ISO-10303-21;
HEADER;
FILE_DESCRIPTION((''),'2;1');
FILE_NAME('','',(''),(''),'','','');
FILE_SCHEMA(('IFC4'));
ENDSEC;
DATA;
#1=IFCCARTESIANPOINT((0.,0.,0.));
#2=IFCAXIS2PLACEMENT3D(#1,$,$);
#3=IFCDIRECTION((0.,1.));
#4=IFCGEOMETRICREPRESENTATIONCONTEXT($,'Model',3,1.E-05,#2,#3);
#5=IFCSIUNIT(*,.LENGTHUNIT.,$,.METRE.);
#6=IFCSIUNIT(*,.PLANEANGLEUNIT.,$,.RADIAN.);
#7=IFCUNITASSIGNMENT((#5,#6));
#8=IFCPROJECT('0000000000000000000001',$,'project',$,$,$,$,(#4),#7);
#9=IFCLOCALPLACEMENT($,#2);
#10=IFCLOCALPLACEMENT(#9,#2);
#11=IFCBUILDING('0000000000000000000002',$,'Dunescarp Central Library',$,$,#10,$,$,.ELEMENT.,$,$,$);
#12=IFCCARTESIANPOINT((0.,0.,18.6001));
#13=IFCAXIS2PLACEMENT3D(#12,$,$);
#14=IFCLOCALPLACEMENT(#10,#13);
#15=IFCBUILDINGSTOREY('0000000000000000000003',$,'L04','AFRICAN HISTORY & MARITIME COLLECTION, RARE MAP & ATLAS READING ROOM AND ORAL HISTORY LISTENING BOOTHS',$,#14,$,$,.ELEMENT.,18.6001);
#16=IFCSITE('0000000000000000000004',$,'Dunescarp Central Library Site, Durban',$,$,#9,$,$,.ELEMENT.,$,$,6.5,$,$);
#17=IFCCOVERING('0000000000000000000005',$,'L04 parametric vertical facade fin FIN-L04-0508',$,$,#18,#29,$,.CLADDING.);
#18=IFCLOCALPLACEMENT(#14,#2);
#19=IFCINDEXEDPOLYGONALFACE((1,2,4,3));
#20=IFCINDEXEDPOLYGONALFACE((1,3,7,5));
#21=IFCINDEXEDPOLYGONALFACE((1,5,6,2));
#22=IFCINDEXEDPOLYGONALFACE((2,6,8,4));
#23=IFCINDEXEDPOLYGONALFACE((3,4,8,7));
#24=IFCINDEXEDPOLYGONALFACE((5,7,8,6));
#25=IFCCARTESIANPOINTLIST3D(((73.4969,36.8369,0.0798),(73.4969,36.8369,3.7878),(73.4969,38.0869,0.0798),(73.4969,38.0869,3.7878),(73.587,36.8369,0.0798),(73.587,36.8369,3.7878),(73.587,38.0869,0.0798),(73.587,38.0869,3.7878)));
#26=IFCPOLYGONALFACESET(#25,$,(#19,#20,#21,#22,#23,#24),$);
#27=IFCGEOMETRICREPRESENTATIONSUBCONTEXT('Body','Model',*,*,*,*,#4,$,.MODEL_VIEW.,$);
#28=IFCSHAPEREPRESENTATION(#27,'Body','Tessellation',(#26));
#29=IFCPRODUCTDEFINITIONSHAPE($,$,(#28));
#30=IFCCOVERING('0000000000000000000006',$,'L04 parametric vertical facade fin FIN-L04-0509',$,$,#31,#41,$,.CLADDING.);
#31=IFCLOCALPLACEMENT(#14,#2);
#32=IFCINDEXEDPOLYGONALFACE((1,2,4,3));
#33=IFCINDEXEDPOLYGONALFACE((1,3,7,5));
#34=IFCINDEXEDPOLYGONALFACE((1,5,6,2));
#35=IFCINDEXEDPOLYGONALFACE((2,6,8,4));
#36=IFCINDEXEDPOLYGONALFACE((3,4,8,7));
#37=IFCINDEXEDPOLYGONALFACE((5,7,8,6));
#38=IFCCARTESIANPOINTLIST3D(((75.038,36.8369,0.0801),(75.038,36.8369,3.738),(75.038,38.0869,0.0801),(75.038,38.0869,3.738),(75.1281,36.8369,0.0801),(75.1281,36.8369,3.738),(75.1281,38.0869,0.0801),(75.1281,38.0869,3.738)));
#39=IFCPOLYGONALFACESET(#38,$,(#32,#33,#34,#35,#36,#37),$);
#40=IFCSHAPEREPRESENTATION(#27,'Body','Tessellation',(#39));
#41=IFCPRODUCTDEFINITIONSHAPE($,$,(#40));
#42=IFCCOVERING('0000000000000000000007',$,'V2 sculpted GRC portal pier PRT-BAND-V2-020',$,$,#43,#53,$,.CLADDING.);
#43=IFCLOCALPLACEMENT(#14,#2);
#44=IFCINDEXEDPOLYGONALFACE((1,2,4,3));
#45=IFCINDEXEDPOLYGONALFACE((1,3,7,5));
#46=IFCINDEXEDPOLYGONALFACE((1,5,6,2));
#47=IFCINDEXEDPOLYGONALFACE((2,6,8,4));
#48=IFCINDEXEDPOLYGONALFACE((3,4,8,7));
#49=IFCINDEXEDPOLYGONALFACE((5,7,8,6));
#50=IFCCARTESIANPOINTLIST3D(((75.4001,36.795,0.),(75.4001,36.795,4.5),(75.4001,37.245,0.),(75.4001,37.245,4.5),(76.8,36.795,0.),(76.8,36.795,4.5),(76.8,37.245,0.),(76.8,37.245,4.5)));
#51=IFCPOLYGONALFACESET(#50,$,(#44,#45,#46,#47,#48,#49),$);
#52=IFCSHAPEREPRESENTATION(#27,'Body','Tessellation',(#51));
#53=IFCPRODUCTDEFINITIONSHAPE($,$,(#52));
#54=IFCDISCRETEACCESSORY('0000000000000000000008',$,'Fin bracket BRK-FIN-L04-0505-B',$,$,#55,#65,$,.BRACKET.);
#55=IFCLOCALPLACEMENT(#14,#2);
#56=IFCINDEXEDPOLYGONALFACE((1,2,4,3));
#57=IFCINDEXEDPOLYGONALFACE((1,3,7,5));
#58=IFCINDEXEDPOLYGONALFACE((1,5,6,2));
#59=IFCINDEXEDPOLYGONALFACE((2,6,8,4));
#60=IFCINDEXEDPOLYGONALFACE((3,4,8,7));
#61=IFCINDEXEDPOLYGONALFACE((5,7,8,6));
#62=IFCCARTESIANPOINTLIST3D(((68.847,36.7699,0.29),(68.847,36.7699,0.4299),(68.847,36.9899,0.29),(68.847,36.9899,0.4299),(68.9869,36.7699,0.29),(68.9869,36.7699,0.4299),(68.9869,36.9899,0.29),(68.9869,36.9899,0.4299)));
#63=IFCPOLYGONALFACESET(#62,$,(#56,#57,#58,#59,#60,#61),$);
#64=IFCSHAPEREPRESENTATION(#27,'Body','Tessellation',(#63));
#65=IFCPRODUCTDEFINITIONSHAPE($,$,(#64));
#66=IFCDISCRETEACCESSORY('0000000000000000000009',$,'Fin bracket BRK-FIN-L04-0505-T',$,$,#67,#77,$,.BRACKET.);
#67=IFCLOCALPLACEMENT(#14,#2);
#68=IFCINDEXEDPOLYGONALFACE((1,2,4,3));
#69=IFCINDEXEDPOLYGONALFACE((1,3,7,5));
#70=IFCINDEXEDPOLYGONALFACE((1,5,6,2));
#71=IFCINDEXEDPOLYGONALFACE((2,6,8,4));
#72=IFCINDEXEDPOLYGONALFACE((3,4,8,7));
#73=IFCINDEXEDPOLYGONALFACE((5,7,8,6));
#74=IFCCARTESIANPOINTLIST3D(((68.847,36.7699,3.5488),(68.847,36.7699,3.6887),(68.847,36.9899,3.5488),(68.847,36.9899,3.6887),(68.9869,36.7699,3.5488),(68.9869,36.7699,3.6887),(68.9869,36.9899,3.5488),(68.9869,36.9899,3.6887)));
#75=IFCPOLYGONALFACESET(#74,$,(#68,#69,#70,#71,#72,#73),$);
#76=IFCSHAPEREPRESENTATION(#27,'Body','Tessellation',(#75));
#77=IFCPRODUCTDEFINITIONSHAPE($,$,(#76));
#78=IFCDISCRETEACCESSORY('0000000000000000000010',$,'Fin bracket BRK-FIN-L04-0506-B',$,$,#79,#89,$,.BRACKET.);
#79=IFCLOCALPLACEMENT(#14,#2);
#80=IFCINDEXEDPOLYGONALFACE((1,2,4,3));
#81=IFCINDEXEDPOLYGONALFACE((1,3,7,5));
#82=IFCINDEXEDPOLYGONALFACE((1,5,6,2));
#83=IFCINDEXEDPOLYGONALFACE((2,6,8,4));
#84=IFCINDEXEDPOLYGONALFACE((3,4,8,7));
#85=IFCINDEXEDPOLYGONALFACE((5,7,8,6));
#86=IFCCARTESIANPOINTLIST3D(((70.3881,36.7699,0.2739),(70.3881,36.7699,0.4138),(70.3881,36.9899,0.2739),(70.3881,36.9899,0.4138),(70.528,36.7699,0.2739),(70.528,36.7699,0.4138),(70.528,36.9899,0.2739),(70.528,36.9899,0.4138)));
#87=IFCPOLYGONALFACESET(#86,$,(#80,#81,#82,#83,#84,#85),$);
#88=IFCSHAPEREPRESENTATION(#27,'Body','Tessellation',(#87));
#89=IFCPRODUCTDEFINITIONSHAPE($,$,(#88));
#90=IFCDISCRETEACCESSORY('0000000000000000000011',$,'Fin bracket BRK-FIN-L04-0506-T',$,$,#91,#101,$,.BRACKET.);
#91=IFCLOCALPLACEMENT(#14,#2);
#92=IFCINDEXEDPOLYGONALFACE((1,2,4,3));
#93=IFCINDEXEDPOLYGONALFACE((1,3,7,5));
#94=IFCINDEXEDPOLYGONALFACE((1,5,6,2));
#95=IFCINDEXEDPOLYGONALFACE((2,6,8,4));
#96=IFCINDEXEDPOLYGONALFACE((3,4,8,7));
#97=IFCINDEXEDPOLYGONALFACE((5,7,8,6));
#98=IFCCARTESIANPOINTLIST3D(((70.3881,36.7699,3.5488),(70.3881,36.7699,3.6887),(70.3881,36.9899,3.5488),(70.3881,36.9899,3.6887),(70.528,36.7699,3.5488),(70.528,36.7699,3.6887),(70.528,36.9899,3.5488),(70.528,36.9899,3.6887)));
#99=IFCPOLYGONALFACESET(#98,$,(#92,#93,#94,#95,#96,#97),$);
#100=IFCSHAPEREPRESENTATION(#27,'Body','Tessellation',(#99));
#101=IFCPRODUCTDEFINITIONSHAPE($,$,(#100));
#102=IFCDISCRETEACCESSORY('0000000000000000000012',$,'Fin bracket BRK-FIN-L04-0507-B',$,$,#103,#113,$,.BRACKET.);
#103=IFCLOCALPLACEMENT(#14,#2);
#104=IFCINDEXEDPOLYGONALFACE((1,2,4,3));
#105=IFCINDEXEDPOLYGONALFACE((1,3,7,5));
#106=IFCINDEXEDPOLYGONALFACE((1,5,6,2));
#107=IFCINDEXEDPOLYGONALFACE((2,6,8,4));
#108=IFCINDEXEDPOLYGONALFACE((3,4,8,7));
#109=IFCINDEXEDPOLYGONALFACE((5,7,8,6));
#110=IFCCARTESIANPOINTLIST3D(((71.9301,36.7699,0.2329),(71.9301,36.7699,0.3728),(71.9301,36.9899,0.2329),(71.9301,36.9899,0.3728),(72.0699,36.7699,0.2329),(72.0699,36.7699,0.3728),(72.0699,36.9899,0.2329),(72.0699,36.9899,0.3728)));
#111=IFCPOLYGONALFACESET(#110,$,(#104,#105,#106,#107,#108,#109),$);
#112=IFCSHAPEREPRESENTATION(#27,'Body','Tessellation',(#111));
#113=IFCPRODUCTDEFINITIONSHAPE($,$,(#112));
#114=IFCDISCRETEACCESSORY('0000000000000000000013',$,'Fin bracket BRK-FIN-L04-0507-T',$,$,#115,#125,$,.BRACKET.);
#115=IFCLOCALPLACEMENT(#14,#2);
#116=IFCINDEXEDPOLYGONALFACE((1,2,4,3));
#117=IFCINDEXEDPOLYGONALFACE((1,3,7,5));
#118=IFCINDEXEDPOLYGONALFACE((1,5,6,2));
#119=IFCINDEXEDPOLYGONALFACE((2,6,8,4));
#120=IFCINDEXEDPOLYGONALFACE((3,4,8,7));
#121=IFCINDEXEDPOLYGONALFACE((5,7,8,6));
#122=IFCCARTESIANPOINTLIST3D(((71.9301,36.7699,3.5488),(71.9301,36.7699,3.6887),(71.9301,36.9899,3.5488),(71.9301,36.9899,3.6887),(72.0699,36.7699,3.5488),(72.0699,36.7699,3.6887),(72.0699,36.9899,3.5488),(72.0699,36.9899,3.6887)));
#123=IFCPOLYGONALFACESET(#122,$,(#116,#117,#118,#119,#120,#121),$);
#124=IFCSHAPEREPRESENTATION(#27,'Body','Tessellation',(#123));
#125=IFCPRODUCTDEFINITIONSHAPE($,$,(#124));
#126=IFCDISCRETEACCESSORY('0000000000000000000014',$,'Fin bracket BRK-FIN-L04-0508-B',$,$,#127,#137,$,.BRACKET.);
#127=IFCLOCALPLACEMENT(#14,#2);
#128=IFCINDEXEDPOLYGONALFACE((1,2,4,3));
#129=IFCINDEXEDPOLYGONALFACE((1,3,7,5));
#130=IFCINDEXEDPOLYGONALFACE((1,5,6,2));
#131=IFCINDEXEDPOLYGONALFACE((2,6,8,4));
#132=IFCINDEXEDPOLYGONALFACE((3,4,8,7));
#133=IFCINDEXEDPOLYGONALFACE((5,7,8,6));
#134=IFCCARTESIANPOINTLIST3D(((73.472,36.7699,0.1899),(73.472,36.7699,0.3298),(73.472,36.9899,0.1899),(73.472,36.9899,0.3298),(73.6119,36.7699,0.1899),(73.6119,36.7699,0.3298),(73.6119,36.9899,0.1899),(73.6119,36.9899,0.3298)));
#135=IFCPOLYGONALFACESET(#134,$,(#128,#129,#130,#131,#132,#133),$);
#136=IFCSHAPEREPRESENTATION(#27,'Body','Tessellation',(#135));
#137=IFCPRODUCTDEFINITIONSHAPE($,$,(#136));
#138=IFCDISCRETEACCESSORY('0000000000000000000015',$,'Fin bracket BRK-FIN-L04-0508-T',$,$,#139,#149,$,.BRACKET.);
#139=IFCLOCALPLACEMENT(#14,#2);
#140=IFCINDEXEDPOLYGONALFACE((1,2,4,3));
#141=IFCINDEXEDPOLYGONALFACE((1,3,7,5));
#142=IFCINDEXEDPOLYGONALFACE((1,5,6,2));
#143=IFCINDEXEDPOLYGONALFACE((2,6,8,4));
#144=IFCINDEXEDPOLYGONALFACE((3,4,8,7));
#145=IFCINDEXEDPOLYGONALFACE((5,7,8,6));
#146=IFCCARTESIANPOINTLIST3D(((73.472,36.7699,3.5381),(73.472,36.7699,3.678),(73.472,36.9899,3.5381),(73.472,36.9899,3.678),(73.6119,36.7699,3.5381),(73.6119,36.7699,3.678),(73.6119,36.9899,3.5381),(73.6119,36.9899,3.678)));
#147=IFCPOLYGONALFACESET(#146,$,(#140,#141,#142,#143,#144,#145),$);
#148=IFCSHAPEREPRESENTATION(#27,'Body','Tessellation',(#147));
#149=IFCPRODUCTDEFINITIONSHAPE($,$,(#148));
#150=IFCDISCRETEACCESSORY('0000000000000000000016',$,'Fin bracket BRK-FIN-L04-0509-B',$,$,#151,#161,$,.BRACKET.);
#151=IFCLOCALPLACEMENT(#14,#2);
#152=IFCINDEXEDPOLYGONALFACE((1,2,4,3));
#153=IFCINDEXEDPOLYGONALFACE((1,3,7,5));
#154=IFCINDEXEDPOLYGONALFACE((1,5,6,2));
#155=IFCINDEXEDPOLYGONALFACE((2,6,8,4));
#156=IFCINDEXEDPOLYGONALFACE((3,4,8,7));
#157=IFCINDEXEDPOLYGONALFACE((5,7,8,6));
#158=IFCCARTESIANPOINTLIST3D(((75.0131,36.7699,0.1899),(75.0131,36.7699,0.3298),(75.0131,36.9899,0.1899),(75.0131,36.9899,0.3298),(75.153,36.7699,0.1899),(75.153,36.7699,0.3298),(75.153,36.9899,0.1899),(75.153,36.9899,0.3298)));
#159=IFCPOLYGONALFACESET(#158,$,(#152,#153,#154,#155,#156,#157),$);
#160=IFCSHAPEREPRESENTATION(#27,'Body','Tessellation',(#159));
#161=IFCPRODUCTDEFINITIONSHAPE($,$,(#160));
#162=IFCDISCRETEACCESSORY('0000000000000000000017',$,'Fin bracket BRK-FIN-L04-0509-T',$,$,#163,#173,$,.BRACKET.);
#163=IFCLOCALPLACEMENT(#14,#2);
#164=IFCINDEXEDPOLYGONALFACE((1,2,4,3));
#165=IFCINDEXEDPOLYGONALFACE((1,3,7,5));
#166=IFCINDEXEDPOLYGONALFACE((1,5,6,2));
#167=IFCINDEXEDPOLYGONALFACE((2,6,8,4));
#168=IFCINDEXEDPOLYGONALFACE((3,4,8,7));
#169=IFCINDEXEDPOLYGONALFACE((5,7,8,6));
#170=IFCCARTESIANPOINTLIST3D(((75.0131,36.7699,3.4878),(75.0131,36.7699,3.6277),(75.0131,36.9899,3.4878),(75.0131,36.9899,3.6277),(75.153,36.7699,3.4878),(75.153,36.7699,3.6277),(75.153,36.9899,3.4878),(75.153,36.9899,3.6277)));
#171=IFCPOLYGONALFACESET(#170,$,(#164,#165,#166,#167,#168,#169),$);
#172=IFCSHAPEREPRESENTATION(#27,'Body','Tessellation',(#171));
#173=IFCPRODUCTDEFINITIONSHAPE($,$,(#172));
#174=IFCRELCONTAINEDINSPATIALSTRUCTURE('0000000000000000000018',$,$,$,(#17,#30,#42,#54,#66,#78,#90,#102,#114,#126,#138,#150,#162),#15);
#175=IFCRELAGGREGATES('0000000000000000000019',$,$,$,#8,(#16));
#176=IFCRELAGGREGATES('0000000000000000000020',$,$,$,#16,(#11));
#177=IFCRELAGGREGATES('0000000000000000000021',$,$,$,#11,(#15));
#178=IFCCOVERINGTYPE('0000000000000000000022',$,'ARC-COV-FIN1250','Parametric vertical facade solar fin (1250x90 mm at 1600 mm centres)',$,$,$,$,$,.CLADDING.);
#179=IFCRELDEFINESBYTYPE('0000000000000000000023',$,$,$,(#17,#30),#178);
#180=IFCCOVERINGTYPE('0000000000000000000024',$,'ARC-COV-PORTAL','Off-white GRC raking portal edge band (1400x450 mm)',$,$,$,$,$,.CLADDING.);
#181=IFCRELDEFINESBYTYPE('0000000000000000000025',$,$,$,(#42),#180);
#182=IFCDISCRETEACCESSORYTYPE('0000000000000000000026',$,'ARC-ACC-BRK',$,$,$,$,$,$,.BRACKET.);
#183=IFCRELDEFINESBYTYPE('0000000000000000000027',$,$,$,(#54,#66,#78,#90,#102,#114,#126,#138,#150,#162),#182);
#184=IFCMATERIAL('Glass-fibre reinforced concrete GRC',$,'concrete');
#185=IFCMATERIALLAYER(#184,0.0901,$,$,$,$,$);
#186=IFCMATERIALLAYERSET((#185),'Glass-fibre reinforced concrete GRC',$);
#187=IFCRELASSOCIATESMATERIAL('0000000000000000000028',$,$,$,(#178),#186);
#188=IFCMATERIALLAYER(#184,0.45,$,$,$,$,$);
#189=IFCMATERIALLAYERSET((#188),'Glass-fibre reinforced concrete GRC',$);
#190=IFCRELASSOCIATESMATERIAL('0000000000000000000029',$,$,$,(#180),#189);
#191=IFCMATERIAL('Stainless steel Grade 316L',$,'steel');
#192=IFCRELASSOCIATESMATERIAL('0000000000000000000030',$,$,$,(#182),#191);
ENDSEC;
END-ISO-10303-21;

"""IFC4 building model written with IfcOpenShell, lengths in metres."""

from ifc_helpers import new_model, si_unit, direction, frame, origin, origin_2d, place, context, subcontext, project, spatial, rectangle, extrude, material, layer, layer_set, type_object, element, save


model = new_model("IFC4")

# Units and contexts
model_context = context("Model", 3, precision=1e-05, world=origin(), true_north=direction((0.0, 1.0)))
body_context = subcontext(model_context, "Body", "Model", "MODEL_VIEW")
ifc_project = project(units=[si_unit("LENGTHUNIT", "METRE"), si_unit("PLANEANGLEUNIT", "RADIAN")], contexts=[model_context])

# Site, building, storey
site_placement = place(None, origin())
site = spatial("IfcSite", under=ifc_project, at=site_placement, Name="Dunescarp Central Library Site, Durban", CompositionType="ELEMENT", RefElevation=6.5)
building_placement = place(site_placement, origin())
building = spatial("IfcBuilding", under=site, at=building_placement, Name="Dunescarp Central Library", CompositionType="ELEMENT")
storey_placement = place(building_placement, frame((0.0, 0.0, 18.6001)))
storey = spatial("IfcBuildingStorey", under=building, at=storey_placement, Name="L04", Description="AFRICAN HISTORY & MARITIME COLLECTION, RARE MAP & ATLAS READING ROOM AND ORAL HISTORY LISTENING BOOTHS", CompositionType="ELEMENT", Elevation=18.6001)

# Shared definitions
ifc_material_1 = material(Name="Glass-fibre reinforced concrete GRC", Category="concrete")

# Coverings
ifc_layer_1 = layer(ifc_material_1, 0.0901)
ifc_layer_set_1 = layer_set([ifc_layer_1], Name="Glass-fibre reinforced concrete GRC")
covering_type_1 = type_object("IfcCoveringType", Name="ARC-COV-FIN1250", Description="Parametric vertical facade solar fin (1250x90 mm at 1600 mm centres)", PredefinedType="CLADDING", material=ifc_layer_set_1)
covering_1_placement = place(storey_placement, frame((73.542, 37.4619, 0.0798), z_axis=(0.0, 0.0, 1.0), x_axis=(0.0, 1.0, 0.0)))
element("IfcCovering", 1, at=covering_1_placement, inside=storey, type_object=covering_type_1, Name="L04 parametric vertical facade fin FIN-L04-0508", PredefinedType="CLADDING", context=body_context, shape_type="SweptSolid", body=[
    extrude(rectangle(XDim=1.25, YDim=0.0901, at=origin_2d()), origin(), (0.0, 0.0, 1.0), 3.708),
])
covering_2_placement = place(storey_placement, frame((75.083, 37.4619, 0.0801), z_axis=(0.0, 0.0, 1.0), x_axis=(0.0, 1.0, 0.0)))
element("IfcCovering", 2, at=covering_2_placement, inside=storey, type_object=covering_type_1, Name="L04 parametric vertical facade fin FIN-L04-0509", PredefinedType="CLADDING", context=body_context, shape_type="SweptSolid", body=[
    extrude(rectangle(XDim=1.25, YDim=0.0901, at=origin_2d()), origin(), (0.0, 0.0, 1.0), 3.658),
])
ifc_layer_2 = layer(ifc_material_1, 0.45)
ifc_layer_set_2 = layer_set([ifc_layer_2], Name="Glass-fibre reinforced concrete GRC")
covering_type_2 = type_object("IfcCoveringType", Name="ARC-COV-PORTAL", Description="Off-white GRC raking portal edge band (1400x450 mm)", PredefinedType="CLADDING", material=ifc_layer_set_2)
covering_3_placement = place(storey_placement, frame((76.1001, 37.02, 0.0), z_axis=(0.0, 0.0, 1.0), x_axis=(1.0, 0.0, 0.0)))
element("IfcCovering", 3, at=covering_3_placement, inside=storey, type_object=covering_type_2, Name="V2 sculpted GRC portal pier PRT-BAND-V2-020", PredefinedType="CLADDING", context=body_context, shape_type="SweptSolid", body=[
    extrude(rectangle(XDim=1.3999, YDim=0.45, at=origin_2d()), origin(), (0.0, 0.0, 1.0), 4.5),
])

# Discrete accessories
ifc_material_2 = material(Name="Stainless steel Grade 316L", Category="steel")
discrete_accessory_type = type_object("IfcDiscreteAccessoryType", Name="ARC-ACC-BRK", PredefinedType="BRACKET", material=ifc_material_2)
for number, where, z_axis, x_axis, name in (
    (4, (68.917, 36.8799, 0.29), (0.0, 0.0, 1.0), (0.0, 1.0, 0.0), "Fin bracket BRK-FIN-L04-0505-B"),
    (5, (68.917, 36.8799, 3.5488), (0.0, 0.0, 1.0), (0.0, 1.0, 0.0), "Fin bracket BRK-FIN-L04-0505-T"),
    (6, (70.458, 36.8799, 0.2739), (0.0, 0.0, 1.0), (0.0, 1.0, 0.0), "Fin bracket BRK-FIN-L04-0506-B"),
    (7, (70.458, 36.8799, 3.5488), (0.0, 0.0, 1.0), (0.0, 1.0, 0.0), "Fin bracket BRK-FIN-L04-0506-T"),
    (8, (72.0, 36.8799, 0.2329), (0.0, 0.0, 1.0), (0.0, 1.0, 0.0), "Fin bracket BRK-FIN-L04-0507-B"),
    (9, (72.0, 36.8799, 3.5488), (0.0, 0.0, 1.0), (0.0, 1.0, 0.0), "Fin bracket BRK-FIN-L04-0507-T"),
    (10, (73.542, 36.8799, 0.1899), (0.0, 0.0, 1.0), (0.0, 1.0, 0.0), "Fin bracket BRK-FIN-L04-0508-B"),
    (11, (73.542, 36.8799, 3.5381), (0.0, 0.0, 1.0), (0.0, 1.0, 0.0), "Fin bracket BRK-FIN-L04-0508-T"),
    (12, (75.083, 36.8799, 0.1899), (0.0, 0.0, 1.0), (0.0, 1.0, 0.0), "Fin bracket BRK-FIN-L04-0509-B"),
    (13, (75.083, 36.8799, 3.4878), (0.0, 0.0, 1.0), (0.0, 1.0, 0.0), "Fin bracket BRK-FIN-L04-0509-T"),
):
    element("IfcDiscreteAccessory", number, at=place(storey_placement, frame(where, z_axis=z_axis, x_axis=x_axis)), inside=storey, type_object=discrete_accessory_type, Name=name, PredefinedType="BRACKET", context=body_context, shape_type="SweptSolid", body=[
        extrude(rectangle(XDim=0.22, YDim=0.1399, at=origin_2d()), origin(), (0.0, 0.0, 1.0), 0.1399),
    ])

save(model, "model.ifc")
